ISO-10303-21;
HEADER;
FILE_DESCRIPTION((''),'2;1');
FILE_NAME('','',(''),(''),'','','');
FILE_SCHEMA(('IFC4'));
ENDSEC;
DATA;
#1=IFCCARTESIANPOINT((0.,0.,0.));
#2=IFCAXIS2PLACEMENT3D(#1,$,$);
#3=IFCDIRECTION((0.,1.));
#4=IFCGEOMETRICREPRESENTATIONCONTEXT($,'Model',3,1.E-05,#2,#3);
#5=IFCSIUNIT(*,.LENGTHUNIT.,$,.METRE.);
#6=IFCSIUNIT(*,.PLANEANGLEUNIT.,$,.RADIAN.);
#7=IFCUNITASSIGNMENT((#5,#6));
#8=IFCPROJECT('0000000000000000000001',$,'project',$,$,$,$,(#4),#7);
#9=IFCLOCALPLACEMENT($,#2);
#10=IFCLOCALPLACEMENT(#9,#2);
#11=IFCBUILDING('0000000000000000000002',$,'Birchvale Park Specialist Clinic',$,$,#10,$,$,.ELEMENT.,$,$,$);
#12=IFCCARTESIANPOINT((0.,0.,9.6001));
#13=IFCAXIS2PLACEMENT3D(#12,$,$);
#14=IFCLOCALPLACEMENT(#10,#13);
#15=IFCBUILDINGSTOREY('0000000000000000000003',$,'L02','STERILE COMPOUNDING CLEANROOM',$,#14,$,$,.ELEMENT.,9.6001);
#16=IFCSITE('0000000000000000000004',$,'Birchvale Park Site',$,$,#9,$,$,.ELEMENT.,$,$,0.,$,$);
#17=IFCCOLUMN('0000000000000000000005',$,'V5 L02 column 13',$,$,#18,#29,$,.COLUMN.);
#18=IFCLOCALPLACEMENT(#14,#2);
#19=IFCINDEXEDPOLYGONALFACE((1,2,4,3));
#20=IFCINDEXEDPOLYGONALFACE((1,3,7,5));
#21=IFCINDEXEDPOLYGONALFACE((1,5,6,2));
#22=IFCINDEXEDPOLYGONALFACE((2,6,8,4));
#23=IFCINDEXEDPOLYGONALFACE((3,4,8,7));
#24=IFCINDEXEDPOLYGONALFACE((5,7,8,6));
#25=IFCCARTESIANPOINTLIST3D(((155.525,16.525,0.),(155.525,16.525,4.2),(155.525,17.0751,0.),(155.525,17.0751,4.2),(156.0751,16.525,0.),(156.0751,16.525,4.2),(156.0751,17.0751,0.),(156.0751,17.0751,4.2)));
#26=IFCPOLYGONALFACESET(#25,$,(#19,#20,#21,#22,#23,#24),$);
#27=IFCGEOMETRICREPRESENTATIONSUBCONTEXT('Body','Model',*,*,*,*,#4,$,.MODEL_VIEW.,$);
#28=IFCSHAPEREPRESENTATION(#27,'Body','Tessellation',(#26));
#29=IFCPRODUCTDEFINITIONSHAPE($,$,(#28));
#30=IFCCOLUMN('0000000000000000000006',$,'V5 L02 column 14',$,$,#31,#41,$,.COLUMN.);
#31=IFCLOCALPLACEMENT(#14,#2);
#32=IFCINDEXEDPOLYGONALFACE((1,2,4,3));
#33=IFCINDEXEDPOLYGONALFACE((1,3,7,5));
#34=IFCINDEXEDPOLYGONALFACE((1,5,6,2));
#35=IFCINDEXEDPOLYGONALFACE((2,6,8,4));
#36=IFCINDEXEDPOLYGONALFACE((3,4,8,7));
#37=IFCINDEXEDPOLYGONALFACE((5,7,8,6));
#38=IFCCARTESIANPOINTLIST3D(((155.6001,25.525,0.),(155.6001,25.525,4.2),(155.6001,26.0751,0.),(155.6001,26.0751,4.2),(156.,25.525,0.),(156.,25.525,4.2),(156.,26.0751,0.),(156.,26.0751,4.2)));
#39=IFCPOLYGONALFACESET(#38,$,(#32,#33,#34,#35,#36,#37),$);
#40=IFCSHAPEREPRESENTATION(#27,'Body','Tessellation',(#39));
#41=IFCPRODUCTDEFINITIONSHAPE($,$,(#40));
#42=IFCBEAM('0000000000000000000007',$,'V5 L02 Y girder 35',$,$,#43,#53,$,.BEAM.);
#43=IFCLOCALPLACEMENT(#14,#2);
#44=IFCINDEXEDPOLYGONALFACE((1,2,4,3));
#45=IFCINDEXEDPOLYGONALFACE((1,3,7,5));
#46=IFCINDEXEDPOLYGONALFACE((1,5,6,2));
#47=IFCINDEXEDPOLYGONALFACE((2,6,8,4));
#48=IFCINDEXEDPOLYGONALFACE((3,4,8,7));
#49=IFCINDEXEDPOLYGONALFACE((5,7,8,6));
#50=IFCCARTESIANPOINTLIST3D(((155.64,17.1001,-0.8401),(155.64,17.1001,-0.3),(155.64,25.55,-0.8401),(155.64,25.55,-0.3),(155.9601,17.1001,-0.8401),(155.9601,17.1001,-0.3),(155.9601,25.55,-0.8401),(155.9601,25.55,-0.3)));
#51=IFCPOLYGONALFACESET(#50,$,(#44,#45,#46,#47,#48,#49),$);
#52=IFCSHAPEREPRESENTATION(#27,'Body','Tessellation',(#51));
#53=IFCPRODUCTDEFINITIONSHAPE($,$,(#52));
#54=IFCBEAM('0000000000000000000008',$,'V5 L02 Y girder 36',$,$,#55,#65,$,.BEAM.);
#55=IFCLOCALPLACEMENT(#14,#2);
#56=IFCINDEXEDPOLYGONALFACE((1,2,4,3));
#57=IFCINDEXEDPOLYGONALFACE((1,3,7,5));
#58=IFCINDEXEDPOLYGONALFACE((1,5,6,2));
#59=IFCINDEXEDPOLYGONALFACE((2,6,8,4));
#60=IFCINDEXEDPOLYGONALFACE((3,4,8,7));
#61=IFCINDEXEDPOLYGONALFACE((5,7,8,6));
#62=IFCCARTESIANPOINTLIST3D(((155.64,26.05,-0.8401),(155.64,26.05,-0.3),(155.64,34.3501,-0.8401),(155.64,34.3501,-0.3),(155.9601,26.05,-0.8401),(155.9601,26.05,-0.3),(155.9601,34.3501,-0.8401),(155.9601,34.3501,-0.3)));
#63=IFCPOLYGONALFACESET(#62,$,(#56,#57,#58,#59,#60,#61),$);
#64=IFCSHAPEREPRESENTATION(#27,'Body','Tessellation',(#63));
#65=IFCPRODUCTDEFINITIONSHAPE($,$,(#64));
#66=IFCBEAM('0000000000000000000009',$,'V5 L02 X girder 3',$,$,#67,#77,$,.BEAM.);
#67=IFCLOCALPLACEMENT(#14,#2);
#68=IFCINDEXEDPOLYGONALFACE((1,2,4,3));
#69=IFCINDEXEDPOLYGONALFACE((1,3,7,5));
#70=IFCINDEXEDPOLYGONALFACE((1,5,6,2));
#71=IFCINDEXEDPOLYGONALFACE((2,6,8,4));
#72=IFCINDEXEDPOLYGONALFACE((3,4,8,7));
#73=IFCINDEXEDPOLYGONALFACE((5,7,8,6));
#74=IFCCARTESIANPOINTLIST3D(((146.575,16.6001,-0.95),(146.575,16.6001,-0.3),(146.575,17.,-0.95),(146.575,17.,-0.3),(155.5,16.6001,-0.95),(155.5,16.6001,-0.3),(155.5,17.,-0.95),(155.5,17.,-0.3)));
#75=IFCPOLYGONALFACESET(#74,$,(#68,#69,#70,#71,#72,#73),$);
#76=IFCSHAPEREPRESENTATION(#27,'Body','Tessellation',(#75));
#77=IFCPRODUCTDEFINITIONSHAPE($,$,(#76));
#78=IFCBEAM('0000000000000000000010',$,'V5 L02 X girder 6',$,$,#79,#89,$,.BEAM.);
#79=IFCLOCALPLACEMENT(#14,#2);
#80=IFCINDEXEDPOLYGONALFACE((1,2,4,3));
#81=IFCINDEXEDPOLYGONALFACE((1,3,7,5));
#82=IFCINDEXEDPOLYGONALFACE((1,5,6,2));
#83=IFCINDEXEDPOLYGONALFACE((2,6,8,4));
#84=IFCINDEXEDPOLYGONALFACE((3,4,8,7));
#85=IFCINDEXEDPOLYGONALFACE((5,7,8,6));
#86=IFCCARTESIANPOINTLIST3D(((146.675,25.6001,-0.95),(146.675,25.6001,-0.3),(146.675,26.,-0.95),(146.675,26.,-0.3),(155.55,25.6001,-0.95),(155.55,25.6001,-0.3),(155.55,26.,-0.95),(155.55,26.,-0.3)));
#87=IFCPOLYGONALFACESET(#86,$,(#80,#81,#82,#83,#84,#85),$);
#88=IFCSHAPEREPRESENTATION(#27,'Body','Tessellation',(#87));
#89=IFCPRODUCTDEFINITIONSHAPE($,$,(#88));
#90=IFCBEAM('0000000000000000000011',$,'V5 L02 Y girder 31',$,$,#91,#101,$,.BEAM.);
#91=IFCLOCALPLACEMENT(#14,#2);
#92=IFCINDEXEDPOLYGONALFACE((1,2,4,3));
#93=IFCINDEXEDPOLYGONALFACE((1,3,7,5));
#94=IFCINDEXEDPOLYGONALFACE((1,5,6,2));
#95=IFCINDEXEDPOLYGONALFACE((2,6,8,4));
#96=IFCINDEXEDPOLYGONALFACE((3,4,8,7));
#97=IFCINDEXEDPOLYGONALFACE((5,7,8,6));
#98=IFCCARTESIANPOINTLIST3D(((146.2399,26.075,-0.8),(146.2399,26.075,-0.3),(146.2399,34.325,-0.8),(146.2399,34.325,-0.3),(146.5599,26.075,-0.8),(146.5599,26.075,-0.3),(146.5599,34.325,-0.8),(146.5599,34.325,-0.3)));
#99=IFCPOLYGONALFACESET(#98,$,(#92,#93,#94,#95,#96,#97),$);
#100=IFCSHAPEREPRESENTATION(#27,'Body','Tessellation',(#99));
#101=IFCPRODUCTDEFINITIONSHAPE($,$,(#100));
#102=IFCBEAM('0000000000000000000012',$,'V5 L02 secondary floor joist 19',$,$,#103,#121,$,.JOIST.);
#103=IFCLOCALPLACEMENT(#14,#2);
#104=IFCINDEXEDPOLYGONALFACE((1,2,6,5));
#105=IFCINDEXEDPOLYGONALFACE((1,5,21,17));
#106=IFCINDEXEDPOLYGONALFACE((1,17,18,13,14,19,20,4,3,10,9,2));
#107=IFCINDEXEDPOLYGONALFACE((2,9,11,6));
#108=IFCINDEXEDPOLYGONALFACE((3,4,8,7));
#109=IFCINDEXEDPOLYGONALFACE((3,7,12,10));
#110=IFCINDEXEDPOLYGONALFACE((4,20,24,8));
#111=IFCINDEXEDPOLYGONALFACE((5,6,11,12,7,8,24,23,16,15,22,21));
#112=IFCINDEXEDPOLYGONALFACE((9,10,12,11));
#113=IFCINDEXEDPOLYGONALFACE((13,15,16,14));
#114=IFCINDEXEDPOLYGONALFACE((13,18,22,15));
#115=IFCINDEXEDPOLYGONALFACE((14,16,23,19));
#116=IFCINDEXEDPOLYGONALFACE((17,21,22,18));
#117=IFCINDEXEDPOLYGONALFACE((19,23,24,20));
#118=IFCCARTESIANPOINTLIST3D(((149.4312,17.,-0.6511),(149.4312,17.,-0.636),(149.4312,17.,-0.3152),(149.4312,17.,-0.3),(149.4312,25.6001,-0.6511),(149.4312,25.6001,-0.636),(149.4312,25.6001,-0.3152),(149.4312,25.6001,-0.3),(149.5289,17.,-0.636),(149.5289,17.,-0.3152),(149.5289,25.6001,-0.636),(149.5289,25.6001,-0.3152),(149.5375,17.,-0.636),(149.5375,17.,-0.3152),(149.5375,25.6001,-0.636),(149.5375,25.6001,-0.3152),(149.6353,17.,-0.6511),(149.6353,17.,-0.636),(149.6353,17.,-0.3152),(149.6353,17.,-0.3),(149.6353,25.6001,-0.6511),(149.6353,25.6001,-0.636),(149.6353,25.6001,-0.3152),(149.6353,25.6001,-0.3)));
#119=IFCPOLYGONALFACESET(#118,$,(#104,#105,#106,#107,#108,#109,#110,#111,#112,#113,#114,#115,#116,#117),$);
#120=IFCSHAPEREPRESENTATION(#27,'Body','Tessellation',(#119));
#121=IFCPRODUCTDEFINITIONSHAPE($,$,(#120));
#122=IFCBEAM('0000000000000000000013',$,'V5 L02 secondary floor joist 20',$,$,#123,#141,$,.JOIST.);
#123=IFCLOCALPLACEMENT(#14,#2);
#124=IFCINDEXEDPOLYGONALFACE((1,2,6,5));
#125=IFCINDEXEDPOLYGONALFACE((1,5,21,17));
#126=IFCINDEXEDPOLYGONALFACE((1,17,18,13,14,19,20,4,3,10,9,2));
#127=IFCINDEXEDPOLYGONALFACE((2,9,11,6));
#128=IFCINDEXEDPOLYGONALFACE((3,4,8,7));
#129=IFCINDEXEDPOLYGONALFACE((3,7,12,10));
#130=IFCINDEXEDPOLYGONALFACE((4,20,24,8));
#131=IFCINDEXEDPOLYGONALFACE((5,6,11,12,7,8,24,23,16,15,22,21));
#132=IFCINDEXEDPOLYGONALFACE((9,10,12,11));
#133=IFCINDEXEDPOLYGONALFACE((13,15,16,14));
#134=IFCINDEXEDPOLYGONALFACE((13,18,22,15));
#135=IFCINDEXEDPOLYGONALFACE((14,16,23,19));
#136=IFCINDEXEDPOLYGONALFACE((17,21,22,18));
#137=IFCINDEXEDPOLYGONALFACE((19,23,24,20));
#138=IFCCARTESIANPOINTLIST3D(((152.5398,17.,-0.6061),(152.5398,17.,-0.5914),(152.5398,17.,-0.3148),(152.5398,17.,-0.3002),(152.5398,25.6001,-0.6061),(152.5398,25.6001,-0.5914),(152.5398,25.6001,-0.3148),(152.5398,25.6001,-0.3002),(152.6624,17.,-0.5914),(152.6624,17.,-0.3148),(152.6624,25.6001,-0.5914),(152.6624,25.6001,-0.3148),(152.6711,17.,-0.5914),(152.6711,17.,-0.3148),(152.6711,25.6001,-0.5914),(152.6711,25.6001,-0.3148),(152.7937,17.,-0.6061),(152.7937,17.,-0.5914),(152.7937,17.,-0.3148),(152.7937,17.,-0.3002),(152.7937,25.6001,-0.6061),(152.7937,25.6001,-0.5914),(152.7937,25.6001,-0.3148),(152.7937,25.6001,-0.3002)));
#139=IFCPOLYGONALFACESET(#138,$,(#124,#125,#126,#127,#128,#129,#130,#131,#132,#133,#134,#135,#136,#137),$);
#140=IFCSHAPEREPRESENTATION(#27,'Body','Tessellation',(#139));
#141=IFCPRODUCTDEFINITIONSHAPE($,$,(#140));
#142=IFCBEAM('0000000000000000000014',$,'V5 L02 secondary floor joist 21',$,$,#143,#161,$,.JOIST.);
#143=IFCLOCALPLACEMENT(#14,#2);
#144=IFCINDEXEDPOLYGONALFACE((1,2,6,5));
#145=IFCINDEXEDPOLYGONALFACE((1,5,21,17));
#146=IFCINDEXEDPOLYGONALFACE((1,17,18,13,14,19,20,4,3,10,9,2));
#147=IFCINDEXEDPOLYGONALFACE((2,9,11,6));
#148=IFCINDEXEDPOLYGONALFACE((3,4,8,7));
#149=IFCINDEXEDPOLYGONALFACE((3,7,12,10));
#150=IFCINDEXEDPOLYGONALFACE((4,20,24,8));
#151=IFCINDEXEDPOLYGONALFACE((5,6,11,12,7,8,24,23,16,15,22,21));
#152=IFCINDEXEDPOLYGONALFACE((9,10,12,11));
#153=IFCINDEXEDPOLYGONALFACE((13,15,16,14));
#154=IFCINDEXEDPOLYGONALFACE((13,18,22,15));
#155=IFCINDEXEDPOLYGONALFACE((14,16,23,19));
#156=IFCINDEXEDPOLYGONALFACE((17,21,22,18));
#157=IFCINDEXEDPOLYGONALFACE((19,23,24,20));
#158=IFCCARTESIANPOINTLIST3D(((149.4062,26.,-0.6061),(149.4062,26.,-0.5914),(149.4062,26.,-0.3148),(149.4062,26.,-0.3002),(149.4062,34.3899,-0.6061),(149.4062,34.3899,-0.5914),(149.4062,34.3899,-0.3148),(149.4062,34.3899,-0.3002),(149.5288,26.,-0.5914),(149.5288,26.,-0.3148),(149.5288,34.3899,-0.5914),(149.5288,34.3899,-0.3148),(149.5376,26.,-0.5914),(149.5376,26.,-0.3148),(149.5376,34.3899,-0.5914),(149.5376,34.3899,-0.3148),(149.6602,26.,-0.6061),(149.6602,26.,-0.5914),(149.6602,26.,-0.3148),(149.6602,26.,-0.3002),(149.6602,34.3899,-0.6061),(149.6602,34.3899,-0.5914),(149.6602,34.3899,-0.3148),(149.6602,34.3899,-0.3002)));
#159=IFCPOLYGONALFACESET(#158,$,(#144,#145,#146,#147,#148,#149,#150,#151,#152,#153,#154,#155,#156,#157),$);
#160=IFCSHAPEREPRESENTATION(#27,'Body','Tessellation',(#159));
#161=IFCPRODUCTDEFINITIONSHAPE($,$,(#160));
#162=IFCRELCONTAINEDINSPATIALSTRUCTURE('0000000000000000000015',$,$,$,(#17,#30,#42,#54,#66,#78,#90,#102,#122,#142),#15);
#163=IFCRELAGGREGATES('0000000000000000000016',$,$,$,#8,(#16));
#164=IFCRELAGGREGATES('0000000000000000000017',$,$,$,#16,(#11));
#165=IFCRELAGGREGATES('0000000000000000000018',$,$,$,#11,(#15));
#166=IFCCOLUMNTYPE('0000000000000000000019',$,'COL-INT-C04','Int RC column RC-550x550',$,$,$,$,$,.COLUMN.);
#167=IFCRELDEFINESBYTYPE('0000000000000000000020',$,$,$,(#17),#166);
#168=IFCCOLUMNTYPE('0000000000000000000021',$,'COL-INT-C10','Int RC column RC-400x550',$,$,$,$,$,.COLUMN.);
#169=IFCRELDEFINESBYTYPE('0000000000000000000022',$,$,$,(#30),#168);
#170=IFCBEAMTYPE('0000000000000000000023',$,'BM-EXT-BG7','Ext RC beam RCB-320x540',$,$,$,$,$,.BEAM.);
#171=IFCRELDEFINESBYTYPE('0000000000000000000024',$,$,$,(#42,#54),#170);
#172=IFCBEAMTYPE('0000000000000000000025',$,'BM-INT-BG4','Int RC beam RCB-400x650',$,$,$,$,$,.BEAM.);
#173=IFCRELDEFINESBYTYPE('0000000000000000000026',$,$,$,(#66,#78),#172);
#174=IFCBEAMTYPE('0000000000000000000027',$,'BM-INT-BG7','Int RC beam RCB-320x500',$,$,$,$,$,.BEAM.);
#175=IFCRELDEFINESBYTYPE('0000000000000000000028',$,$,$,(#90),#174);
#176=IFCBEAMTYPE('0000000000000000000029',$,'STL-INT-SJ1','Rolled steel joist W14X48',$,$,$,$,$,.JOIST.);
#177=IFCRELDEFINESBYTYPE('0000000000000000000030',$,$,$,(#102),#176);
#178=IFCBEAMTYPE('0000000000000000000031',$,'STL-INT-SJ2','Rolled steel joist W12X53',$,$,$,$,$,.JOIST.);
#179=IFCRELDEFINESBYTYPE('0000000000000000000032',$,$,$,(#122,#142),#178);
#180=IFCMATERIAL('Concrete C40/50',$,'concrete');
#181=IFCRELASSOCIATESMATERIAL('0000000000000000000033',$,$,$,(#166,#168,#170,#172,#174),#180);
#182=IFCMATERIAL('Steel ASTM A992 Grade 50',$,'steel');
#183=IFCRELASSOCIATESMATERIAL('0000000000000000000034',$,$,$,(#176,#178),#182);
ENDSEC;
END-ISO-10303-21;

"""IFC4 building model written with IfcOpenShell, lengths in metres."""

from ifc_helpers import new_model, si_unit, direction, frame, origin, origin_2d, place, context, subcontext, project, spatial, rectangle, i_section, extrude, material, material_profile, profile_set, type_object, element, save


model = new_model("IFC4")

# Units and contexts
model_context = context("Model", 3, precision=1e-05, world=origin(), true_north=direction((0.0, 1.0)))
body_context = subcontext(model_context, "Body", "Model", "MODEL_VIEW")
ifc_project = project(units=[si_unit("LENGTHUNIT", "METRE"), si_unit("PLANEANGLEUNIT", "RADIAN")], contexts=[model_context])

# Site, building, storey
site_placement = place(None, origin())
site = spatial("IfcSite", under=ifc_project, at=site_placement, Name="Birchvale Park Site", CompositionType="ELEMENT", RefElevation=0.0)
building_placement = place(site_placement, origin())
building = spatial("IfcBuilding", under=site, at=building_placement, Name="Birchvale Park Specialist Clinic", CompositionType="ELEMENT")
storey_placement = place(building_placement, frame((0.0, 0.0, 9.6001)))
storey = spatial("IfcBuildingStorey", under=building, at=storey_placement, Name="L02", Description="STERILE COMPOUNDING CLEANROOM", CompositionType="ELEMENT", Elevation=9.6001)

# Columns
ifc_material_1 = material(Name="Concrete C40/50", Category="concrete")
ifc_material_profile_1 = material_profile(ifc_material_1, rectangle(XDim=0.55, YDim=0.55, at=origin_2d()), Name="RC-550x550")
ifc_profile_set_1 = profile_set([ifc_material_profile_1], Name="Concrete C40/50")
column_type_1 = type_object("IfcColumnType", Name="COL-INT-C04", Description="Int RC column RC-550x550", PredefinedType="COLUMN", material=ifc_profile_set_1)
column_1_placement = place(storey_placement, frame((155.8, 16.8, 0.0), z_axis=(0.0, 0.0, 1.0), x_axis=(1.0, 0.0, 0.0)))
element("IfcColumn", 1, at=column_1_placement, inside=storey, type_object=column_type_1, Name="V5 L02 column 13", PredefinedType="COLUMN", context=body_context, shape_type="SweptSolid", body=[
    extrude(rectangle(XDim=0.55, YDim=0.55, at=origin_2d()), origin(), (0.0, 0.0, 1.0), 4.2),
])
ifc_material_profile_2 = material_profile(ifc_material_1, rectangle(XDim=0.3999, YDim=0.55, at=origin_2d()), Name="RC-400x550")
ifc_profile_set_2 = profile_set([ifc_material_profile_2], Name="Concrete C40/50")
column_type_2 = type_object("IfcColumnType", Name="COL-INT-C10", Description="Int RC column RC-400x550", PredefinedType="COLUMN", material=ifc_profile_set_2)
column_2_placement = place(storey_placement, frame((155.8, 25.8, 0.0), z_axis=(0.0, 0.0, 1.0), x_axis=(1.0, 0.0, 0.0)))
element("IfcColumn", 2, at=column_2_placement, inside=storey, type_object=column_type_2, Name="V5 L02 column 14", PredefinedType="COLUMN", context=body_context, shape_type="SweptSolid", body=[
    extrude(rectangle(XDim=0.3999, YDim=0.55, at=origin_2d()), origin(), (0.0, 0.0, 1.0), 4.2),
])

# Beams
ifc_material_profile_3 = material_profile(ifc_material_1, rectangle(XDim=0.3201, YDim=0.54, at=origin_2d()), Name="RCB-320x540")
ifc_profile_set_3 = profile_set([ifc_material_profile_3], Name="Concrete C40/50")
beam_type_1 = type_object("IfcBeamType", Name="BM-EXT-BG7", Description="Ext RC beam RCB-320x540", PredefinedType="BEAM", material=ifc_profile_set_3)
beam_1_placement = place(storey_placement, frame((155.8, 17.1001, -0.5701), z_axis=(0.0, 1.0, 0.0), x_axis=(-1.0, 0.0, 0.0)))
element("IfcBeam", 3, at=beam_1_placement, inside=storey, type_object=beam_type_1, Name="V5 L02 Y girder 35", PredefinedType="BEAM", context=body_context, shape_type="SweptSolid", body=[
    extrude(rectangle(XDim=0.3201, YDim=0.54, at=origin_2d()), origin(), (0.0, 0.0, 1.0), 8.45),
])
beam_2_placement = place(storey_placement, frame((155.8, 26.05, -0.5701), z_axis=(0.0, 1.0, 0.0), x_axis=(-1.0, 0.0, 0.0)))
element("IfcBeam", 4, at=beam_2_placement, inside=storey, type_object=beam_type_1, Name="V5 L02 Y girder 36", PredefinedType="BEAM", context=body_context, shape_type="SweptSolid", body=[
    extrude(rectangle(XDim=0.3201, YDim=0.54, at=origin_2d()), origin(), (0.0, 0.0, 1.0), 8.3),
])
ifc_material_profile_4 = material_profile(ifc_material_1, rectangle(XDim=0.3999, YDim=0.6499, at=origin_2d()), Name="RCB-400x650")
ifc_profile_set_4 = profile_set([ifc_material_profile_4], Name="Concrete C40/50")
beam_type_2 = type_object("IfcBeamType", Name="BM-INT-BG4", Description="Int RC beam RCB-400x650", PredefinedType="BEAM", material=ifc_profile_set_4)
beam_3_placement = place(storey_placement, frame((146.575, 16.8, -0.625), z_axis=(1.0, 0.0, 0.0), x_axis=(0.0, 1.0, 0.0)))
element("IfcBeam", 5, at=beam_3_placement, inside=storey, type_object=beam_type_2, Name="V5 L02 X girder 3", PredefinedType="BEAM", context=body_context, shape_type="SweptSolid", body=[
    extrude(rectangle(XDim=0.3999, YDim=0.6499, at=origin_2d()), origin(), (0.0, 0.0, 1.0), 8.925),
])
beam_4_placement = place(storey_placement, frame((146.675, 25.8, -0.625), z_axis=(1.0, 0.0, 0.0), x_axis=(0.0, 1.0, 0.0)))
element("IfcBeam", 6, at=beam_4_placement, inside=storey, type_object=beam_type_2, Name="V5 L02 X girder 6", PredefinedType="BEAM", context=body_context, shape_type="SweptSolid", body=[
    extrude(rectangle(XDim=0.3999, YDim=0.6499, at=origin_2d()), origin(), (0.0, 0.0, 1.0), 8.875),
])
ifc_material_profile_5 = material_profile(ifc_material_1, rectangle(XDim=0.3201, YDim=0.5, at=origin_2d()), Name="RCB-320x500")
ifc_profile_set_5 = profile_set([ifc_material_profile_5], Name="Concrete C40/50")
beam_type_3 = type_object("IfcBeamType", Name="BM-INT-BG7", Description="Int RC beam RCB-320x500", PredefinedType="BEAM", material=ifc_profile_set_5)
beam_5_placement = place(storey_placement, frame((146.3999, 26.075, -0.55), z_axis=(0.0, 1.0, 0.0), x_axis=(-1.0, 0.0, 0.0)))
element("IfcBeam", 7, at=beam_5_placement, inside=storey, type_object=beam_type_3, Name="V5 L02 Y girder 31", PredefinedType="BEAM", context=body_context, shape_type="SweptSolid", body=[
    extrude(rectangle(XDim=0.3201, YDim=0.5, at=origin_2d()), origin(), (0.0, 0.0, 1.0), 8.25),
])
ifc_material_2 = material(Name="Steel ASTM A992 Grade 50", Category="steel")
ifc_material_profile_6 = material_profile(ifc_material_2, i_section(OverallWidth=0.2041, OverallDepth=0.3511, WebThickness=0.0085, FlangeThickness=0.0151, at=origin_2d()), Name="W14X48")
ifc_profile_set_6 = profile_set([ifc_material_profile_6], Name="Steel ASTM A992 Grade 50")
beam_type_4 = type_object("IfcBeamType", Name="STL-INT-SJ1", Description="Rolled steel joist W14X48", PredefinedType="JOIST", material=ifc_profile_set_6)
beam_6_placement = place(storey_placement, frame((149.5332, 17.0, -0.4756), z_axis=(0.0, 1.0, 0.0), x_axis=(-1.0, 0.0, 0.0)))
element("IfcBeam", 8, at=beam_6_placement, inside=storey, type_object=beam_type_4, Name="V5 L02 secondary floor joist 19", PredefinedType="JOIST", context=body_context, shape_type="SweptSolid", body=[
    extrude(i_section(OverallWidth=0.2041, OverallDepth=0.3511, WebThickness=0.0085, FlangeThickness=0.0151, at=origin_2d()), origin(), (0.0, 0.0, 1.0), 8.6001),
])
ifc_material_profile_7 = material_profile(ifc_material_2, i_section(OverallWidth=0.2539, OverallDepth=0.3059, WebThickness=0.0088, FlangeThickness=0.0146, at=origin_2d()), Name="W12X53")
ifc_profile_set_7 = profile_set([ifc_material_profile_7], Name="Steel ASTM A992 Grade 50")
beam_type_5 = type_object("IfcBeamType", Name="STL-INT-SJ2", Description="Rolled steel joist W12X53", PredefinedType="JOIST", material=ifc_profile_set_7)
beam_7_placement = place(storey_placement, frame((152.6667, 17.0, -0.4531), z_axis=(0.0, 1.0, 0.0), x_axis=(-1.0, 0.0, 0.0)))
element("IfcBeam", 9, at=beam_7_placement, inside=storey, type_object=beam_type_5, Name="V5 L02 secondary floor joist 20", PredefinedType="JOIST", context=body_context, shape_type="SweptSolid", body=[
    extrude(i_section(OverallWidth=0.2539, OverallDepth=0.3059, WebThickness=0.0088, FlangeThickness=0.0146, at=origin_2d()), origin(), (0.0, 0.0, 1.0), 8.6001),
])
beam_8_placement = place(storey_placement, frame((149.5332, 26.0, -0.4531), z_axis=(0.0, 1.0, 0.0), x_axis=(-1.0, 0.0, 0.0)))
element("IfcBeam", 10, at=beam_8_placement, inside=storey, type_object=beam_type_5, Name="V5 L02 secondary floor joist 21", PredefinedType="JOIST", context=body_context, shape_type="SweptSolid", body=[
    extrude(i_section(OverallWidth=0.2539, OverallDepth=0.3059, WebThickness=0.0088, FlangeThickness=0.0146, at=origin_2d()), origin(), (0.0, 0.0, 1.0), 8.3899),
])

save(model, "model.ifc")
